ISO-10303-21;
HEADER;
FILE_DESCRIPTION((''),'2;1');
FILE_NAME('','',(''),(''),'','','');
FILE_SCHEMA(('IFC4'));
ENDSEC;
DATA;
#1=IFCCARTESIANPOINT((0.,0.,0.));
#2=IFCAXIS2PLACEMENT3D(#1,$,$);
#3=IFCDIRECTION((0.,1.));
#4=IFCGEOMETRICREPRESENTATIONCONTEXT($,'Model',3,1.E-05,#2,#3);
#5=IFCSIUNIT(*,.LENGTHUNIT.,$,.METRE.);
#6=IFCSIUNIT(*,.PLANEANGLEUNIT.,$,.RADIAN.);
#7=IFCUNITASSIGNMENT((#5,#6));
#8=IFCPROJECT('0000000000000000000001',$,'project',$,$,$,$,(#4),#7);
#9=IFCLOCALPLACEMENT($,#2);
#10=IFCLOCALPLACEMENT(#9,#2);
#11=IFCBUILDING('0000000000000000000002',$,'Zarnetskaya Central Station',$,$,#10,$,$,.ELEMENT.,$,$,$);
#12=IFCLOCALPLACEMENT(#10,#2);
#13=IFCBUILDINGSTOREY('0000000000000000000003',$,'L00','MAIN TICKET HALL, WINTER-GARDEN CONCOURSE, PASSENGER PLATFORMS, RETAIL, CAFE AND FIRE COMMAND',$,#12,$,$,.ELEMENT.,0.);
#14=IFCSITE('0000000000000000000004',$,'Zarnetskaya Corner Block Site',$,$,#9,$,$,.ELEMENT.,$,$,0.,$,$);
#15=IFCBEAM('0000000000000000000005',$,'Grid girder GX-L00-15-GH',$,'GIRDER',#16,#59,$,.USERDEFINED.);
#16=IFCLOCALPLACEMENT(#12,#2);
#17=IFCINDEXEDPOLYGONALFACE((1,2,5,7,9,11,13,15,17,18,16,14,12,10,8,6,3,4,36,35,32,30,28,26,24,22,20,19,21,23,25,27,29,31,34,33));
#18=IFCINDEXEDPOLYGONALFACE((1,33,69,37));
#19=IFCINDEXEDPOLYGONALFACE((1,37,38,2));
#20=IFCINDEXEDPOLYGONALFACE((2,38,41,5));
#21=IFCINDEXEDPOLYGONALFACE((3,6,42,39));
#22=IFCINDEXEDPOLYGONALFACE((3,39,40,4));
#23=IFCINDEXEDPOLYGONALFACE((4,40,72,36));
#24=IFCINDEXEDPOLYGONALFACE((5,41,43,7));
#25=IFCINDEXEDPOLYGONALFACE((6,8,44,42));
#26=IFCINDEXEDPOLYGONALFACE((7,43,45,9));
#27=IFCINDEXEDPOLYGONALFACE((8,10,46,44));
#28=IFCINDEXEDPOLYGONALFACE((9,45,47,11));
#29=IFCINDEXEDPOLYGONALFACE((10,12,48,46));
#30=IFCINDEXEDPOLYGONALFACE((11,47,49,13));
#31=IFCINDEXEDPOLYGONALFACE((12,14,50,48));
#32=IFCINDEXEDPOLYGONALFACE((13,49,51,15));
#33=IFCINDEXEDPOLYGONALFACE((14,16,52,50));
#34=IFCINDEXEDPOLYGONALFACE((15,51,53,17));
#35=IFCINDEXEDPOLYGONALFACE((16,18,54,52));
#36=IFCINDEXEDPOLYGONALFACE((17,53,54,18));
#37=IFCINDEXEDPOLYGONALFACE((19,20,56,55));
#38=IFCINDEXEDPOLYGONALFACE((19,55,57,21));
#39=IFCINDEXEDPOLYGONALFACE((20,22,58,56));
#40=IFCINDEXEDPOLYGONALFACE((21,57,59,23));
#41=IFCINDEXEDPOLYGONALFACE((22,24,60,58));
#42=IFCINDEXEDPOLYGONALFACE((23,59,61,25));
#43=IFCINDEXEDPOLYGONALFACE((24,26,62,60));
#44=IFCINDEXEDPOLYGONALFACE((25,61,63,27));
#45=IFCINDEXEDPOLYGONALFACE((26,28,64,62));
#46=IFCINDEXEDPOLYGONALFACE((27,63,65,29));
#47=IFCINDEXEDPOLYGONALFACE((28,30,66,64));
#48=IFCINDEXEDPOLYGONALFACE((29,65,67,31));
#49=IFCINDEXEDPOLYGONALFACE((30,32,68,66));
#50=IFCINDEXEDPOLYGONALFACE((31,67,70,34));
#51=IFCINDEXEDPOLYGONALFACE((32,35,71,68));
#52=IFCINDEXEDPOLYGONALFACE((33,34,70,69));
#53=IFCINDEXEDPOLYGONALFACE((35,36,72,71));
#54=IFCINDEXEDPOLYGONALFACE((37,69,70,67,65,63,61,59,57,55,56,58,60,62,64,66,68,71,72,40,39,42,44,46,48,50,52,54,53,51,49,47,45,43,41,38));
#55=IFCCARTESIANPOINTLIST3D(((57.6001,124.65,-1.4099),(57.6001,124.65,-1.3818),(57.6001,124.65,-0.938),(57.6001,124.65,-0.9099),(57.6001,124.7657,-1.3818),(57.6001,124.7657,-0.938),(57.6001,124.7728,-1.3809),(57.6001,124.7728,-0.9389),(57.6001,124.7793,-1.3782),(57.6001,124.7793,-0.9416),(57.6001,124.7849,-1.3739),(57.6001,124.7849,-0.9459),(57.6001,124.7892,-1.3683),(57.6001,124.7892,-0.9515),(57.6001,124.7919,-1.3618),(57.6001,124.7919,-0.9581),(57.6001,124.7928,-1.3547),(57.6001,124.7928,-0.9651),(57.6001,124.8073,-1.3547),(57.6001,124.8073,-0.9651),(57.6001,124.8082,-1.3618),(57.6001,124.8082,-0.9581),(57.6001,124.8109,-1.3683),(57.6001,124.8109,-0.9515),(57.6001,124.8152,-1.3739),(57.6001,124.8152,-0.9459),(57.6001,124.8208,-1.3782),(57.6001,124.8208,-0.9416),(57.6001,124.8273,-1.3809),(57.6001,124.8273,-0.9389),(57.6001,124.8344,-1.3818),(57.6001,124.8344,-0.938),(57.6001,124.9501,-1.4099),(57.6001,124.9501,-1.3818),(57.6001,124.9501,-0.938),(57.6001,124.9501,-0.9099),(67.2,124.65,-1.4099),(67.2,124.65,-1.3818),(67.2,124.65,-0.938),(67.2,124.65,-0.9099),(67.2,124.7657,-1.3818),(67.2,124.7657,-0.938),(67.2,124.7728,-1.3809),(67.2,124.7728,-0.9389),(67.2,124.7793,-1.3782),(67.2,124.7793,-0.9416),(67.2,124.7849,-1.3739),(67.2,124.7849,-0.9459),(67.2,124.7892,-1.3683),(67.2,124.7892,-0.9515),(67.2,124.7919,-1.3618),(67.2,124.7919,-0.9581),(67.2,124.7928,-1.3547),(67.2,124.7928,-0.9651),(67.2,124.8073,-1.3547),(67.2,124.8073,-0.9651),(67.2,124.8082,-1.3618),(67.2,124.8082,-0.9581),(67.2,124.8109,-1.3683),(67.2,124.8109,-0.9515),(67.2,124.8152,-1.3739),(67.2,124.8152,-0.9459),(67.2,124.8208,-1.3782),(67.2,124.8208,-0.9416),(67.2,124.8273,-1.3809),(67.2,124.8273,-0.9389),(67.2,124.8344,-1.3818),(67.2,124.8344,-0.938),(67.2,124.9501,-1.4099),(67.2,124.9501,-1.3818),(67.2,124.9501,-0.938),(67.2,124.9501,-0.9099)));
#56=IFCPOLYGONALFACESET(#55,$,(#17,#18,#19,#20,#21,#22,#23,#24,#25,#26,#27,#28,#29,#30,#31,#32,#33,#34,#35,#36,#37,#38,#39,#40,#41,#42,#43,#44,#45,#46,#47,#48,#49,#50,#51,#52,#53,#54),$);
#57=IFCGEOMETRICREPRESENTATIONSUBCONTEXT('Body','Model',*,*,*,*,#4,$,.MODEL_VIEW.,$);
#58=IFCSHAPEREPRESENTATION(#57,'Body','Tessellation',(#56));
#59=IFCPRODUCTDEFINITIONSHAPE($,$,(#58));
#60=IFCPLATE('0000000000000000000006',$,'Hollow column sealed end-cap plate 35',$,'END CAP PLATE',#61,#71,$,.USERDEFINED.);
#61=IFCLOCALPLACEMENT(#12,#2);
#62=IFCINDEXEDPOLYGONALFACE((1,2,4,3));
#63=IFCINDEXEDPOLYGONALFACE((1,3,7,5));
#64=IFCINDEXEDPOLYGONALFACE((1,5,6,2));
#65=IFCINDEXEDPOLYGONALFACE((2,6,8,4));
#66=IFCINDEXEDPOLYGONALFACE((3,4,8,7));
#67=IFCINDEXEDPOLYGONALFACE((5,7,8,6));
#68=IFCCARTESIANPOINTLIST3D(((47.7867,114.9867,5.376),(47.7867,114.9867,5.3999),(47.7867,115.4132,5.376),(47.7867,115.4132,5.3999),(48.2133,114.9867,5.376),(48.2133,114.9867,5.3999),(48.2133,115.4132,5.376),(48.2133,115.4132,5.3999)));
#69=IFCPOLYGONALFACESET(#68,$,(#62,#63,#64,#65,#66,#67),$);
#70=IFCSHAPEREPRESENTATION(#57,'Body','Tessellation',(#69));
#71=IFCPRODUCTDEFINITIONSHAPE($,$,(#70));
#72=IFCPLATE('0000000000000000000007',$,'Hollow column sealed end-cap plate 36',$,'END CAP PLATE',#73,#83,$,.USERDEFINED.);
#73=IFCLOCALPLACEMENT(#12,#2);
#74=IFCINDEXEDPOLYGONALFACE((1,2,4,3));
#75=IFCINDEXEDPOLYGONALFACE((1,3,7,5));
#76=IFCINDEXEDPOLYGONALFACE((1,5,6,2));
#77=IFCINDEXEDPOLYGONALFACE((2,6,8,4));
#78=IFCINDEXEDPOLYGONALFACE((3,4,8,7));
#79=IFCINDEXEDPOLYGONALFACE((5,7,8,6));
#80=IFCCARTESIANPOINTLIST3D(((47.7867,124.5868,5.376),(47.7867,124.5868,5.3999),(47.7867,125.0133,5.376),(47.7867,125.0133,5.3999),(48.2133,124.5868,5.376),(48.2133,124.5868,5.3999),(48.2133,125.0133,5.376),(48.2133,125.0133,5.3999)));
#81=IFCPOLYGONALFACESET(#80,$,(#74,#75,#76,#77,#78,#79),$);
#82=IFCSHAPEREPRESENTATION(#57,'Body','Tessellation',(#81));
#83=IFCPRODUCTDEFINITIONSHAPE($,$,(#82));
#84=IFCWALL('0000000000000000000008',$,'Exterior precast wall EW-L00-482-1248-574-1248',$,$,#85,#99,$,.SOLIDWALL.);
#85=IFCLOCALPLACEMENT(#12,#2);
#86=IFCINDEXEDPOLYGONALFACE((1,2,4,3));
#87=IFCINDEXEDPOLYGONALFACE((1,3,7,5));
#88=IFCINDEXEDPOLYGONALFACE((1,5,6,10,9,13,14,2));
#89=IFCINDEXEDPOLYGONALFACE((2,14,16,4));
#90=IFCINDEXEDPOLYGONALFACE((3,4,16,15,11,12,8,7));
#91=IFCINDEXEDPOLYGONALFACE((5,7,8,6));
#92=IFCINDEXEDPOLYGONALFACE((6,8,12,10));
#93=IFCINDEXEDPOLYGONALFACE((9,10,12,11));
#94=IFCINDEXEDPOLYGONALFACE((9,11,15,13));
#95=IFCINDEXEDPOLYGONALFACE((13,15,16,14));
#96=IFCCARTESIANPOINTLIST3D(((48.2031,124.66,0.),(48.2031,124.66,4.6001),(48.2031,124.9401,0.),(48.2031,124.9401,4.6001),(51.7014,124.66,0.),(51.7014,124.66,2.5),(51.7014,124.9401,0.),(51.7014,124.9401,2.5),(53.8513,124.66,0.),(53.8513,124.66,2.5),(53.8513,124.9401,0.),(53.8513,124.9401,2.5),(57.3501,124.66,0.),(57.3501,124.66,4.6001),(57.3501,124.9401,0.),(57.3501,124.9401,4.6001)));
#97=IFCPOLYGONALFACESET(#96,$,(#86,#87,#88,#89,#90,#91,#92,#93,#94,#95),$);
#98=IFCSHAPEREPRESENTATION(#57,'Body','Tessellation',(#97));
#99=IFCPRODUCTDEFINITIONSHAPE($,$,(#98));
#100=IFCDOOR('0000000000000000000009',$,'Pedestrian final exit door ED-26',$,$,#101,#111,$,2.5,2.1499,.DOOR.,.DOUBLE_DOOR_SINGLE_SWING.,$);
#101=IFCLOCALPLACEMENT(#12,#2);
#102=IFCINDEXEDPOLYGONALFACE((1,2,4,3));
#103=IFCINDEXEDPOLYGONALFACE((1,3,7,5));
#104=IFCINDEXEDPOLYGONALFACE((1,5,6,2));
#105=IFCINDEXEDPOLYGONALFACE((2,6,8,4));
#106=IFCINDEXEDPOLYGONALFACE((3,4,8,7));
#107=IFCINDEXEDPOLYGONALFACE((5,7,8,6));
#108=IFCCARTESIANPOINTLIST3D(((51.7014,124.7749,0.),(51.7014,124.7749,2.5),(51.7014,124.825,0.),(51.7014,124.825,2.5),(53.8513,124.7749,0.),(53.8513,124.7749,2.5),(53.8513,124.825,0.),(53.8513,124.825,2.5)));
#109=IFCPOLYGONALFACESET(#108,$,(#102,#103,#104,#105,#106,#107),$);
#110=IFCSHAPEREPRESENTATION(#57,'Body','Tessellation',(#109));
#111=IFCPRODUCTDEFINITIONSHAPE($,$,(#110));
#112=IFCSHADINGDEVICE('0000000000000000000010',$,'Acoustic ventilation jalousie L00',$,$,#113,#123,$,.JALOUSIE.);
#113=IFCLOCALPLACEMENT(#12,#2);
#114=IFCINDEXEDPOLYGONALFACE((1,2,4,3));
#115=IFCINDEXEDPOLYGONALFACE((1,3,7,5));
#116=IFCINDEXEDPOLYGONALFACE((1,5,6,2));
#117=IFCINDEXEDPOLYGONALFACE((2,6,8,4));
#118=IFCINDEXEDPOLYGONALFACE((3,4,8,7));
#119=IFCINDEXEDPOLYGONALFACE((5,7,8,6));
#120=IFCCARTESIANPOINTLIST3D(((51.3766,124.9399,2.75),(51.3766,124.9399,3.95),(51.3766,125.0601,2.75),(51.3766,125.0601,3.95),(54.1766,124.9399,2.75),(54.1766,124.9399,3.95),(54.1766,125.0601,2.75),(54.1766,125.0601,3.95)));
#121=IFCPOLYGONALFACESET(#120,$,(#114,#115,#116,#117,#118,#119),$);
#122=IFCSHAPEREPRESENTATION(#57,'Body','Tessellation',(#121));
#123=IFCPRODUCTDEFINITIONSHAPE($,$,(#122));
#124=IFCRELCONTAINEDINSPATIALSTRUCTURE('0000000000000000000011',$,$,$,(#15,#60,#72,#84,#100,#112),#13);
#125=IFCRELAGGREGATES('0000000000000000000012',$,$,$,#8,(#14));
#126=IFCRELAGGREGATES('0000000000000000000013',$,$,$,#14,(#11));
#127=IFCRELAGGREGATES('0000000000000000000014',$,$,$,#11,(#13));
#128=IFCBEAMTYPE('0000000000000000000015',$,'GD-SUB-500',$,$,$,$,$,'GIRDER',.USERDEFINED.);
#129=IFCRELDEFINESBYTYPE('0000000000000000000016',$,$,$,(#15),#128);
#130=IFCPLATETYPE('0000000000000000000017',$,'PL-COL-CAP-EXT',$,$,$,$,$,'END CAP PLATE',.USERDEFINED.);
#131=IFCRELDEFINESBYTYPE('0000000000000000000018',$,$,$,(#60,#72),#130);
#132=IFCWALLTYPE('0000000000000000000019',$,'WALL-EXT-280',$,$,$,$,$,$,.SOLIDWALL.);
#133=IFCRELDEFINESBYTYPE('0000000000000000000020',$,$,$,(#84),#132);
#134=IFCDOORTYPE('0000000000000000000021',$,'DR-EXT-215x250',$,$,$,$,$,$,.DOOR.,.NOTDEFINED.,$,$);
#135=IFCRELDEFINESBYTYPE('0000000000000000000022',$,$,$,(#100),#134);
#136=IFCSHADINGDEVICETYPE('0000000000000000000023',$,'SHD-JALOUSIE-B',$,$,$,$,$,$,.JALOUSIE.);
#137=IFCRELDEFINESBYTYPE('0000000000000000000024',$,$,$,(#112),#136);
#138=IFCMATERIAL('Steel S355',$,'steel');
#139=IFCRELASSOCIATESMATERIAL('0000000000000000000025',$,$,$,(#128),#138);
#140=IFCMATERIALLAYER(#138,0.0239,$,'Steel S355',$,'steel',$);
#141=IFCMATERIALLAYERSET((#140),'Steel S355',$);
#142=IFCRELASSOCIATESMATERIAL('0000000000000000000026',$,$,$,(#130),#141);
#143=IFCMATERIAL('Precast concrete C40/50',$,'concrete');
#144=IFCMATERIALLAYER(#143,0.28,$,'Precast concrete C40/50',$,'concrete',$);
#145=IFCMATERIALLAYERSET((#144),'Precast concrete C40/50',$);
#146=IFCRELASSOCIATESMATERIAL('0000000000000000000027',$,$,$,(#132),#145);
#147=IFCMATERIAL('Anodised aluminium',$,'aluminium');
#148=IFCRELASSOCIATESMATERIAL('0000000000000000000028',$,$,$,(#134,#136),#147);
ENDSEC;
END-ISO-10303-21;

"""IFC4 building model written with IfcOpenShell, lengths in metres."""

from ifc_helpers import new_model, si_unit, direction, frame, frame_2d, origin, origin_2d, place, context, subcontext, project, spatial, rectangle, i_section, extrude, material, layer, layer_set, material_profile, profile_set, type_object, element, fill, save


model = new_model("IFC4")

# Units and contexts
model_context = context("Model", 3, precision=1e-05, world=origin(), true_north=direction((0.0, 1.0)))
body_context = subcontext(model_context, "Body", "Model", "MODEL_VIEW")
ifc_project = project(units=[si_unit("LENGTHUNIT", "METRE"), si_unit("PLANEANGLEUNIT", "RADIAN")], contexts=[model_context])

# Site, building, storey
site_placement = place(None, origin())
site = spatial("IfcSite", under=ifc_project, at=site_placement, Name="Zarnetskaya Corner Block Site", CompositionType="ELEMENT", RefElevation=0.0)
building_placement = place(site_placement, origin())
building = spatial("IfcBuilding", under=site, at=building_placement, Name="Zarnetskaya Central Station", CompositionType="ELEMENT")
storey_placement = place(building_placement, origin())
storey = spatial("IfcBuildingStorey", under=building, at=storey_placement, Name="L00", Description="MAIN TICKET HALL, WINTER-GARDEN CONCOURSE, PASSENGER PLATFORMS, RETAIL, CAFE AND FIRE COMMAND", CompositionType="ELEMENT", Elevation=0.0)

# Shared definitions
ifc_material_1 = material(Name="Steel S355", Category="steel")

# Beam
ifc_material_profile_1 = material_profile(ifc_material_1, i_section(OverallWidth=0.3, OverallDepth=0.5, WebThickness=0.0144, FlangeThickness=0.0281, FilletRadius=0.0271, at=origin_2d()), Name="HEB 500")
ifc_profile_set_1 = profile_set([ifc_material_profile_1], Name="Steel S355")
beam_type_1 = type_object("IfcBeamType", Name="GD-SUB-500", ElementType="GIRDER", PredefinedType="USERDEFINED", material=ifc_profile_set_1)
for number, where, z_axis, x_axis, name in (
    (1, (57.6001, 124.8, -1.1599), (1.0, 0.0, 0.0), (0.0, 1.0, 0.0), "Grid girder GX-L00-15-GH"),
):
    element("IfcBeam", number, at=place(storey_placement, frame(where, z_axis=z_axis, x_axis=x_axis)), inside=storey, type_object=beam_type_1, Name=name, ObjectType="GIRDER", PredefinedType="USERDEFINED", context=body_context, shape_type="SweptSolid", body=[
        extrude(i_section(OverallWidth=0.3, OverallDepth=0.5, WebThickness=0.0144, FlangeThickness=0.0281, FilletRadius=0.0271, at=origin_2d()), origin(), (0.0, 0.0, 1.0), 9.5999),
    ])

# Plates
ifc_layer_1 = layer(ifc_material_1, 0.0239, Name="Steel S355", Category="steel")
ifc_layer_set_1 = layer_set([ifc_layer_1], Name="Steel S355")
plate_type = type_object("IfcPlateType", Name="PL-COL-CAP-EXT", ElementType="END CAP PLATE", PredefinedType="USERDEFINED", material=ifc_layer_set_1)
for number, where, z_axis, x_axis, name in (
    (2, (48.0, 115.2, 5.376), (0.0, 0.0, 1.0), (1.0, 0.0, 0.0), "Hollow column sealed end-cap plate 35"),
    (3, (48.0, 124.8, 5.376), (0.0, 0.0, 1.0), (1.0, 0.0, 0.0), "Hollow column sealed end-cap plate 36"),
):
    element("IfcPlate", number, at=place(storey_placement, frame(where, z_axis=z_axis, x_axis=x_axis)), inside=storey, type_object=plate_type, Name=name, ObjectType="END CAP PLATE", PredefinedType="USERDEFINED", context=body_context, shape_type="SweptSolid", body=[
        extrude(rectangle(XDim=0.4265, YDim=0.4265, at=origin_2d()), origin(), (0.0, 0.0, 1.0), 0.0239),
    ])

# Wall, opening, door
ifc_material_2 = material(Name="Precast concrete C40/50", Category="concrete")
ifc_layer_2 = layer(ifc_material_2, 0.28, Name="Precast concrete C40/50", Category="concrete")
ifc_layer_set_2 = layer_set([ifc_layer_2], Name="Precast concrete C40/50")
wall_type = type_object("IfcWallType", Name="WALL-EXT-280", PredefinedType="SOLIDWALL", material=ifc_layer_set_2)
wall_placement = place(storey_placement, frame((48.2031, 124.8, 0.0), z_axis=(0.0, 0.0, 1.0), x_axis=(1.0, 0.0, 0.0)))
wall = element("IfcWall", 4, at=wall_placement, inside=storey, type_object=wall_type, Name="Exterior precast wall EW-L00-482-1248-574-1248", PredefinedType="SOLIDWALL", context=body_context, shape_type="SweptSolid", body=[
    extrude(rectangle(XDim=9.147, YDim=0.28, at=frame_2d((4.5735, 0.0))), origin(), (0.0, 0.0, 1.0), 4.6001),
])
opening_placement = place(wall_placement, frame((3.4983, 0.0, 0.0)))
opening = element("IfcOpeningElement", 5, at=opening_placement, cuts=wall, PredefinedType="OPENING", context=body_context, shape_type="SweptSolid", body=[
    extrude(rectangle(XDim=2.1499, YDim=2.5, at=frame_2d((1.075, 1.25))), frame((0.0, 0.1499, 0.0), z_axis=(0.0, -1.0, 0.0), x_axis=(1.0, 0.0, 0.0)), (0.0, 0.0, 1.0), 0.3),
])
ifc_material_3 = material(Name="Anodised aluminium", Category="aluminium")
door_type = type_object("IfcDoorType", Name="DR-EXT-215x250", OperationType="NOTDEFINED", PredefinedType="DOOR", material=ifc_material_3)
door_placement = place(opening_placement, origin())
door = element("IfcDoor", 6, at=door_placement, inside=storey, type_object=door_type, Name="Pedestrian final exit door ED-26", OperationType="DOUBLE_DOOR_SINGLE_SWING", OverallHeight=2.5, OverallWidth=2.1499, PredefinedType="DOOR", context=body_context, shape_type="SweptSolid", body=[
    extrude(rectangle(XDim=2.1499, YDim=2.5, at=frame_2d((1.075, 1.25))), frame((0.0, 0.0249, 0.0), z_axis=(0.0, -1.0, 0.0), x_axis=(1.0, 0.0, 0.0)), (0.0, 0.0, 1.0), 0.05),
])
fill(opening, door)

# Shading device
shading_device_type = type_object("IfcShadingDeviceType", Name="SHD-JALOUSIE-B", PredefinedType="JALOUSIE", material=ifc_material_3)
shading_device_placement = place(storey_placement, frame((52.7766, 125.0, 2.75), z_axis=(0.0, 0.0, 1.0), x_axis=(1.0, 0.0, 0.0)))
element("IfcShadingDevice", 7, at=shading_device_placement, inside=storey, type_object=shading_device_type, Name="Acoustic ventilation jalousie L00", PredefinedType="JALOUSIE", context=body_context, shape_type="SweptSolid", body=[
    extrude(rectangle(XDim=2.8, YDim=0.1201, at=origin_2d()), origin(), (0.0, 0.0, 1.0), 1.2),
])

save(model, "model.ifc")
